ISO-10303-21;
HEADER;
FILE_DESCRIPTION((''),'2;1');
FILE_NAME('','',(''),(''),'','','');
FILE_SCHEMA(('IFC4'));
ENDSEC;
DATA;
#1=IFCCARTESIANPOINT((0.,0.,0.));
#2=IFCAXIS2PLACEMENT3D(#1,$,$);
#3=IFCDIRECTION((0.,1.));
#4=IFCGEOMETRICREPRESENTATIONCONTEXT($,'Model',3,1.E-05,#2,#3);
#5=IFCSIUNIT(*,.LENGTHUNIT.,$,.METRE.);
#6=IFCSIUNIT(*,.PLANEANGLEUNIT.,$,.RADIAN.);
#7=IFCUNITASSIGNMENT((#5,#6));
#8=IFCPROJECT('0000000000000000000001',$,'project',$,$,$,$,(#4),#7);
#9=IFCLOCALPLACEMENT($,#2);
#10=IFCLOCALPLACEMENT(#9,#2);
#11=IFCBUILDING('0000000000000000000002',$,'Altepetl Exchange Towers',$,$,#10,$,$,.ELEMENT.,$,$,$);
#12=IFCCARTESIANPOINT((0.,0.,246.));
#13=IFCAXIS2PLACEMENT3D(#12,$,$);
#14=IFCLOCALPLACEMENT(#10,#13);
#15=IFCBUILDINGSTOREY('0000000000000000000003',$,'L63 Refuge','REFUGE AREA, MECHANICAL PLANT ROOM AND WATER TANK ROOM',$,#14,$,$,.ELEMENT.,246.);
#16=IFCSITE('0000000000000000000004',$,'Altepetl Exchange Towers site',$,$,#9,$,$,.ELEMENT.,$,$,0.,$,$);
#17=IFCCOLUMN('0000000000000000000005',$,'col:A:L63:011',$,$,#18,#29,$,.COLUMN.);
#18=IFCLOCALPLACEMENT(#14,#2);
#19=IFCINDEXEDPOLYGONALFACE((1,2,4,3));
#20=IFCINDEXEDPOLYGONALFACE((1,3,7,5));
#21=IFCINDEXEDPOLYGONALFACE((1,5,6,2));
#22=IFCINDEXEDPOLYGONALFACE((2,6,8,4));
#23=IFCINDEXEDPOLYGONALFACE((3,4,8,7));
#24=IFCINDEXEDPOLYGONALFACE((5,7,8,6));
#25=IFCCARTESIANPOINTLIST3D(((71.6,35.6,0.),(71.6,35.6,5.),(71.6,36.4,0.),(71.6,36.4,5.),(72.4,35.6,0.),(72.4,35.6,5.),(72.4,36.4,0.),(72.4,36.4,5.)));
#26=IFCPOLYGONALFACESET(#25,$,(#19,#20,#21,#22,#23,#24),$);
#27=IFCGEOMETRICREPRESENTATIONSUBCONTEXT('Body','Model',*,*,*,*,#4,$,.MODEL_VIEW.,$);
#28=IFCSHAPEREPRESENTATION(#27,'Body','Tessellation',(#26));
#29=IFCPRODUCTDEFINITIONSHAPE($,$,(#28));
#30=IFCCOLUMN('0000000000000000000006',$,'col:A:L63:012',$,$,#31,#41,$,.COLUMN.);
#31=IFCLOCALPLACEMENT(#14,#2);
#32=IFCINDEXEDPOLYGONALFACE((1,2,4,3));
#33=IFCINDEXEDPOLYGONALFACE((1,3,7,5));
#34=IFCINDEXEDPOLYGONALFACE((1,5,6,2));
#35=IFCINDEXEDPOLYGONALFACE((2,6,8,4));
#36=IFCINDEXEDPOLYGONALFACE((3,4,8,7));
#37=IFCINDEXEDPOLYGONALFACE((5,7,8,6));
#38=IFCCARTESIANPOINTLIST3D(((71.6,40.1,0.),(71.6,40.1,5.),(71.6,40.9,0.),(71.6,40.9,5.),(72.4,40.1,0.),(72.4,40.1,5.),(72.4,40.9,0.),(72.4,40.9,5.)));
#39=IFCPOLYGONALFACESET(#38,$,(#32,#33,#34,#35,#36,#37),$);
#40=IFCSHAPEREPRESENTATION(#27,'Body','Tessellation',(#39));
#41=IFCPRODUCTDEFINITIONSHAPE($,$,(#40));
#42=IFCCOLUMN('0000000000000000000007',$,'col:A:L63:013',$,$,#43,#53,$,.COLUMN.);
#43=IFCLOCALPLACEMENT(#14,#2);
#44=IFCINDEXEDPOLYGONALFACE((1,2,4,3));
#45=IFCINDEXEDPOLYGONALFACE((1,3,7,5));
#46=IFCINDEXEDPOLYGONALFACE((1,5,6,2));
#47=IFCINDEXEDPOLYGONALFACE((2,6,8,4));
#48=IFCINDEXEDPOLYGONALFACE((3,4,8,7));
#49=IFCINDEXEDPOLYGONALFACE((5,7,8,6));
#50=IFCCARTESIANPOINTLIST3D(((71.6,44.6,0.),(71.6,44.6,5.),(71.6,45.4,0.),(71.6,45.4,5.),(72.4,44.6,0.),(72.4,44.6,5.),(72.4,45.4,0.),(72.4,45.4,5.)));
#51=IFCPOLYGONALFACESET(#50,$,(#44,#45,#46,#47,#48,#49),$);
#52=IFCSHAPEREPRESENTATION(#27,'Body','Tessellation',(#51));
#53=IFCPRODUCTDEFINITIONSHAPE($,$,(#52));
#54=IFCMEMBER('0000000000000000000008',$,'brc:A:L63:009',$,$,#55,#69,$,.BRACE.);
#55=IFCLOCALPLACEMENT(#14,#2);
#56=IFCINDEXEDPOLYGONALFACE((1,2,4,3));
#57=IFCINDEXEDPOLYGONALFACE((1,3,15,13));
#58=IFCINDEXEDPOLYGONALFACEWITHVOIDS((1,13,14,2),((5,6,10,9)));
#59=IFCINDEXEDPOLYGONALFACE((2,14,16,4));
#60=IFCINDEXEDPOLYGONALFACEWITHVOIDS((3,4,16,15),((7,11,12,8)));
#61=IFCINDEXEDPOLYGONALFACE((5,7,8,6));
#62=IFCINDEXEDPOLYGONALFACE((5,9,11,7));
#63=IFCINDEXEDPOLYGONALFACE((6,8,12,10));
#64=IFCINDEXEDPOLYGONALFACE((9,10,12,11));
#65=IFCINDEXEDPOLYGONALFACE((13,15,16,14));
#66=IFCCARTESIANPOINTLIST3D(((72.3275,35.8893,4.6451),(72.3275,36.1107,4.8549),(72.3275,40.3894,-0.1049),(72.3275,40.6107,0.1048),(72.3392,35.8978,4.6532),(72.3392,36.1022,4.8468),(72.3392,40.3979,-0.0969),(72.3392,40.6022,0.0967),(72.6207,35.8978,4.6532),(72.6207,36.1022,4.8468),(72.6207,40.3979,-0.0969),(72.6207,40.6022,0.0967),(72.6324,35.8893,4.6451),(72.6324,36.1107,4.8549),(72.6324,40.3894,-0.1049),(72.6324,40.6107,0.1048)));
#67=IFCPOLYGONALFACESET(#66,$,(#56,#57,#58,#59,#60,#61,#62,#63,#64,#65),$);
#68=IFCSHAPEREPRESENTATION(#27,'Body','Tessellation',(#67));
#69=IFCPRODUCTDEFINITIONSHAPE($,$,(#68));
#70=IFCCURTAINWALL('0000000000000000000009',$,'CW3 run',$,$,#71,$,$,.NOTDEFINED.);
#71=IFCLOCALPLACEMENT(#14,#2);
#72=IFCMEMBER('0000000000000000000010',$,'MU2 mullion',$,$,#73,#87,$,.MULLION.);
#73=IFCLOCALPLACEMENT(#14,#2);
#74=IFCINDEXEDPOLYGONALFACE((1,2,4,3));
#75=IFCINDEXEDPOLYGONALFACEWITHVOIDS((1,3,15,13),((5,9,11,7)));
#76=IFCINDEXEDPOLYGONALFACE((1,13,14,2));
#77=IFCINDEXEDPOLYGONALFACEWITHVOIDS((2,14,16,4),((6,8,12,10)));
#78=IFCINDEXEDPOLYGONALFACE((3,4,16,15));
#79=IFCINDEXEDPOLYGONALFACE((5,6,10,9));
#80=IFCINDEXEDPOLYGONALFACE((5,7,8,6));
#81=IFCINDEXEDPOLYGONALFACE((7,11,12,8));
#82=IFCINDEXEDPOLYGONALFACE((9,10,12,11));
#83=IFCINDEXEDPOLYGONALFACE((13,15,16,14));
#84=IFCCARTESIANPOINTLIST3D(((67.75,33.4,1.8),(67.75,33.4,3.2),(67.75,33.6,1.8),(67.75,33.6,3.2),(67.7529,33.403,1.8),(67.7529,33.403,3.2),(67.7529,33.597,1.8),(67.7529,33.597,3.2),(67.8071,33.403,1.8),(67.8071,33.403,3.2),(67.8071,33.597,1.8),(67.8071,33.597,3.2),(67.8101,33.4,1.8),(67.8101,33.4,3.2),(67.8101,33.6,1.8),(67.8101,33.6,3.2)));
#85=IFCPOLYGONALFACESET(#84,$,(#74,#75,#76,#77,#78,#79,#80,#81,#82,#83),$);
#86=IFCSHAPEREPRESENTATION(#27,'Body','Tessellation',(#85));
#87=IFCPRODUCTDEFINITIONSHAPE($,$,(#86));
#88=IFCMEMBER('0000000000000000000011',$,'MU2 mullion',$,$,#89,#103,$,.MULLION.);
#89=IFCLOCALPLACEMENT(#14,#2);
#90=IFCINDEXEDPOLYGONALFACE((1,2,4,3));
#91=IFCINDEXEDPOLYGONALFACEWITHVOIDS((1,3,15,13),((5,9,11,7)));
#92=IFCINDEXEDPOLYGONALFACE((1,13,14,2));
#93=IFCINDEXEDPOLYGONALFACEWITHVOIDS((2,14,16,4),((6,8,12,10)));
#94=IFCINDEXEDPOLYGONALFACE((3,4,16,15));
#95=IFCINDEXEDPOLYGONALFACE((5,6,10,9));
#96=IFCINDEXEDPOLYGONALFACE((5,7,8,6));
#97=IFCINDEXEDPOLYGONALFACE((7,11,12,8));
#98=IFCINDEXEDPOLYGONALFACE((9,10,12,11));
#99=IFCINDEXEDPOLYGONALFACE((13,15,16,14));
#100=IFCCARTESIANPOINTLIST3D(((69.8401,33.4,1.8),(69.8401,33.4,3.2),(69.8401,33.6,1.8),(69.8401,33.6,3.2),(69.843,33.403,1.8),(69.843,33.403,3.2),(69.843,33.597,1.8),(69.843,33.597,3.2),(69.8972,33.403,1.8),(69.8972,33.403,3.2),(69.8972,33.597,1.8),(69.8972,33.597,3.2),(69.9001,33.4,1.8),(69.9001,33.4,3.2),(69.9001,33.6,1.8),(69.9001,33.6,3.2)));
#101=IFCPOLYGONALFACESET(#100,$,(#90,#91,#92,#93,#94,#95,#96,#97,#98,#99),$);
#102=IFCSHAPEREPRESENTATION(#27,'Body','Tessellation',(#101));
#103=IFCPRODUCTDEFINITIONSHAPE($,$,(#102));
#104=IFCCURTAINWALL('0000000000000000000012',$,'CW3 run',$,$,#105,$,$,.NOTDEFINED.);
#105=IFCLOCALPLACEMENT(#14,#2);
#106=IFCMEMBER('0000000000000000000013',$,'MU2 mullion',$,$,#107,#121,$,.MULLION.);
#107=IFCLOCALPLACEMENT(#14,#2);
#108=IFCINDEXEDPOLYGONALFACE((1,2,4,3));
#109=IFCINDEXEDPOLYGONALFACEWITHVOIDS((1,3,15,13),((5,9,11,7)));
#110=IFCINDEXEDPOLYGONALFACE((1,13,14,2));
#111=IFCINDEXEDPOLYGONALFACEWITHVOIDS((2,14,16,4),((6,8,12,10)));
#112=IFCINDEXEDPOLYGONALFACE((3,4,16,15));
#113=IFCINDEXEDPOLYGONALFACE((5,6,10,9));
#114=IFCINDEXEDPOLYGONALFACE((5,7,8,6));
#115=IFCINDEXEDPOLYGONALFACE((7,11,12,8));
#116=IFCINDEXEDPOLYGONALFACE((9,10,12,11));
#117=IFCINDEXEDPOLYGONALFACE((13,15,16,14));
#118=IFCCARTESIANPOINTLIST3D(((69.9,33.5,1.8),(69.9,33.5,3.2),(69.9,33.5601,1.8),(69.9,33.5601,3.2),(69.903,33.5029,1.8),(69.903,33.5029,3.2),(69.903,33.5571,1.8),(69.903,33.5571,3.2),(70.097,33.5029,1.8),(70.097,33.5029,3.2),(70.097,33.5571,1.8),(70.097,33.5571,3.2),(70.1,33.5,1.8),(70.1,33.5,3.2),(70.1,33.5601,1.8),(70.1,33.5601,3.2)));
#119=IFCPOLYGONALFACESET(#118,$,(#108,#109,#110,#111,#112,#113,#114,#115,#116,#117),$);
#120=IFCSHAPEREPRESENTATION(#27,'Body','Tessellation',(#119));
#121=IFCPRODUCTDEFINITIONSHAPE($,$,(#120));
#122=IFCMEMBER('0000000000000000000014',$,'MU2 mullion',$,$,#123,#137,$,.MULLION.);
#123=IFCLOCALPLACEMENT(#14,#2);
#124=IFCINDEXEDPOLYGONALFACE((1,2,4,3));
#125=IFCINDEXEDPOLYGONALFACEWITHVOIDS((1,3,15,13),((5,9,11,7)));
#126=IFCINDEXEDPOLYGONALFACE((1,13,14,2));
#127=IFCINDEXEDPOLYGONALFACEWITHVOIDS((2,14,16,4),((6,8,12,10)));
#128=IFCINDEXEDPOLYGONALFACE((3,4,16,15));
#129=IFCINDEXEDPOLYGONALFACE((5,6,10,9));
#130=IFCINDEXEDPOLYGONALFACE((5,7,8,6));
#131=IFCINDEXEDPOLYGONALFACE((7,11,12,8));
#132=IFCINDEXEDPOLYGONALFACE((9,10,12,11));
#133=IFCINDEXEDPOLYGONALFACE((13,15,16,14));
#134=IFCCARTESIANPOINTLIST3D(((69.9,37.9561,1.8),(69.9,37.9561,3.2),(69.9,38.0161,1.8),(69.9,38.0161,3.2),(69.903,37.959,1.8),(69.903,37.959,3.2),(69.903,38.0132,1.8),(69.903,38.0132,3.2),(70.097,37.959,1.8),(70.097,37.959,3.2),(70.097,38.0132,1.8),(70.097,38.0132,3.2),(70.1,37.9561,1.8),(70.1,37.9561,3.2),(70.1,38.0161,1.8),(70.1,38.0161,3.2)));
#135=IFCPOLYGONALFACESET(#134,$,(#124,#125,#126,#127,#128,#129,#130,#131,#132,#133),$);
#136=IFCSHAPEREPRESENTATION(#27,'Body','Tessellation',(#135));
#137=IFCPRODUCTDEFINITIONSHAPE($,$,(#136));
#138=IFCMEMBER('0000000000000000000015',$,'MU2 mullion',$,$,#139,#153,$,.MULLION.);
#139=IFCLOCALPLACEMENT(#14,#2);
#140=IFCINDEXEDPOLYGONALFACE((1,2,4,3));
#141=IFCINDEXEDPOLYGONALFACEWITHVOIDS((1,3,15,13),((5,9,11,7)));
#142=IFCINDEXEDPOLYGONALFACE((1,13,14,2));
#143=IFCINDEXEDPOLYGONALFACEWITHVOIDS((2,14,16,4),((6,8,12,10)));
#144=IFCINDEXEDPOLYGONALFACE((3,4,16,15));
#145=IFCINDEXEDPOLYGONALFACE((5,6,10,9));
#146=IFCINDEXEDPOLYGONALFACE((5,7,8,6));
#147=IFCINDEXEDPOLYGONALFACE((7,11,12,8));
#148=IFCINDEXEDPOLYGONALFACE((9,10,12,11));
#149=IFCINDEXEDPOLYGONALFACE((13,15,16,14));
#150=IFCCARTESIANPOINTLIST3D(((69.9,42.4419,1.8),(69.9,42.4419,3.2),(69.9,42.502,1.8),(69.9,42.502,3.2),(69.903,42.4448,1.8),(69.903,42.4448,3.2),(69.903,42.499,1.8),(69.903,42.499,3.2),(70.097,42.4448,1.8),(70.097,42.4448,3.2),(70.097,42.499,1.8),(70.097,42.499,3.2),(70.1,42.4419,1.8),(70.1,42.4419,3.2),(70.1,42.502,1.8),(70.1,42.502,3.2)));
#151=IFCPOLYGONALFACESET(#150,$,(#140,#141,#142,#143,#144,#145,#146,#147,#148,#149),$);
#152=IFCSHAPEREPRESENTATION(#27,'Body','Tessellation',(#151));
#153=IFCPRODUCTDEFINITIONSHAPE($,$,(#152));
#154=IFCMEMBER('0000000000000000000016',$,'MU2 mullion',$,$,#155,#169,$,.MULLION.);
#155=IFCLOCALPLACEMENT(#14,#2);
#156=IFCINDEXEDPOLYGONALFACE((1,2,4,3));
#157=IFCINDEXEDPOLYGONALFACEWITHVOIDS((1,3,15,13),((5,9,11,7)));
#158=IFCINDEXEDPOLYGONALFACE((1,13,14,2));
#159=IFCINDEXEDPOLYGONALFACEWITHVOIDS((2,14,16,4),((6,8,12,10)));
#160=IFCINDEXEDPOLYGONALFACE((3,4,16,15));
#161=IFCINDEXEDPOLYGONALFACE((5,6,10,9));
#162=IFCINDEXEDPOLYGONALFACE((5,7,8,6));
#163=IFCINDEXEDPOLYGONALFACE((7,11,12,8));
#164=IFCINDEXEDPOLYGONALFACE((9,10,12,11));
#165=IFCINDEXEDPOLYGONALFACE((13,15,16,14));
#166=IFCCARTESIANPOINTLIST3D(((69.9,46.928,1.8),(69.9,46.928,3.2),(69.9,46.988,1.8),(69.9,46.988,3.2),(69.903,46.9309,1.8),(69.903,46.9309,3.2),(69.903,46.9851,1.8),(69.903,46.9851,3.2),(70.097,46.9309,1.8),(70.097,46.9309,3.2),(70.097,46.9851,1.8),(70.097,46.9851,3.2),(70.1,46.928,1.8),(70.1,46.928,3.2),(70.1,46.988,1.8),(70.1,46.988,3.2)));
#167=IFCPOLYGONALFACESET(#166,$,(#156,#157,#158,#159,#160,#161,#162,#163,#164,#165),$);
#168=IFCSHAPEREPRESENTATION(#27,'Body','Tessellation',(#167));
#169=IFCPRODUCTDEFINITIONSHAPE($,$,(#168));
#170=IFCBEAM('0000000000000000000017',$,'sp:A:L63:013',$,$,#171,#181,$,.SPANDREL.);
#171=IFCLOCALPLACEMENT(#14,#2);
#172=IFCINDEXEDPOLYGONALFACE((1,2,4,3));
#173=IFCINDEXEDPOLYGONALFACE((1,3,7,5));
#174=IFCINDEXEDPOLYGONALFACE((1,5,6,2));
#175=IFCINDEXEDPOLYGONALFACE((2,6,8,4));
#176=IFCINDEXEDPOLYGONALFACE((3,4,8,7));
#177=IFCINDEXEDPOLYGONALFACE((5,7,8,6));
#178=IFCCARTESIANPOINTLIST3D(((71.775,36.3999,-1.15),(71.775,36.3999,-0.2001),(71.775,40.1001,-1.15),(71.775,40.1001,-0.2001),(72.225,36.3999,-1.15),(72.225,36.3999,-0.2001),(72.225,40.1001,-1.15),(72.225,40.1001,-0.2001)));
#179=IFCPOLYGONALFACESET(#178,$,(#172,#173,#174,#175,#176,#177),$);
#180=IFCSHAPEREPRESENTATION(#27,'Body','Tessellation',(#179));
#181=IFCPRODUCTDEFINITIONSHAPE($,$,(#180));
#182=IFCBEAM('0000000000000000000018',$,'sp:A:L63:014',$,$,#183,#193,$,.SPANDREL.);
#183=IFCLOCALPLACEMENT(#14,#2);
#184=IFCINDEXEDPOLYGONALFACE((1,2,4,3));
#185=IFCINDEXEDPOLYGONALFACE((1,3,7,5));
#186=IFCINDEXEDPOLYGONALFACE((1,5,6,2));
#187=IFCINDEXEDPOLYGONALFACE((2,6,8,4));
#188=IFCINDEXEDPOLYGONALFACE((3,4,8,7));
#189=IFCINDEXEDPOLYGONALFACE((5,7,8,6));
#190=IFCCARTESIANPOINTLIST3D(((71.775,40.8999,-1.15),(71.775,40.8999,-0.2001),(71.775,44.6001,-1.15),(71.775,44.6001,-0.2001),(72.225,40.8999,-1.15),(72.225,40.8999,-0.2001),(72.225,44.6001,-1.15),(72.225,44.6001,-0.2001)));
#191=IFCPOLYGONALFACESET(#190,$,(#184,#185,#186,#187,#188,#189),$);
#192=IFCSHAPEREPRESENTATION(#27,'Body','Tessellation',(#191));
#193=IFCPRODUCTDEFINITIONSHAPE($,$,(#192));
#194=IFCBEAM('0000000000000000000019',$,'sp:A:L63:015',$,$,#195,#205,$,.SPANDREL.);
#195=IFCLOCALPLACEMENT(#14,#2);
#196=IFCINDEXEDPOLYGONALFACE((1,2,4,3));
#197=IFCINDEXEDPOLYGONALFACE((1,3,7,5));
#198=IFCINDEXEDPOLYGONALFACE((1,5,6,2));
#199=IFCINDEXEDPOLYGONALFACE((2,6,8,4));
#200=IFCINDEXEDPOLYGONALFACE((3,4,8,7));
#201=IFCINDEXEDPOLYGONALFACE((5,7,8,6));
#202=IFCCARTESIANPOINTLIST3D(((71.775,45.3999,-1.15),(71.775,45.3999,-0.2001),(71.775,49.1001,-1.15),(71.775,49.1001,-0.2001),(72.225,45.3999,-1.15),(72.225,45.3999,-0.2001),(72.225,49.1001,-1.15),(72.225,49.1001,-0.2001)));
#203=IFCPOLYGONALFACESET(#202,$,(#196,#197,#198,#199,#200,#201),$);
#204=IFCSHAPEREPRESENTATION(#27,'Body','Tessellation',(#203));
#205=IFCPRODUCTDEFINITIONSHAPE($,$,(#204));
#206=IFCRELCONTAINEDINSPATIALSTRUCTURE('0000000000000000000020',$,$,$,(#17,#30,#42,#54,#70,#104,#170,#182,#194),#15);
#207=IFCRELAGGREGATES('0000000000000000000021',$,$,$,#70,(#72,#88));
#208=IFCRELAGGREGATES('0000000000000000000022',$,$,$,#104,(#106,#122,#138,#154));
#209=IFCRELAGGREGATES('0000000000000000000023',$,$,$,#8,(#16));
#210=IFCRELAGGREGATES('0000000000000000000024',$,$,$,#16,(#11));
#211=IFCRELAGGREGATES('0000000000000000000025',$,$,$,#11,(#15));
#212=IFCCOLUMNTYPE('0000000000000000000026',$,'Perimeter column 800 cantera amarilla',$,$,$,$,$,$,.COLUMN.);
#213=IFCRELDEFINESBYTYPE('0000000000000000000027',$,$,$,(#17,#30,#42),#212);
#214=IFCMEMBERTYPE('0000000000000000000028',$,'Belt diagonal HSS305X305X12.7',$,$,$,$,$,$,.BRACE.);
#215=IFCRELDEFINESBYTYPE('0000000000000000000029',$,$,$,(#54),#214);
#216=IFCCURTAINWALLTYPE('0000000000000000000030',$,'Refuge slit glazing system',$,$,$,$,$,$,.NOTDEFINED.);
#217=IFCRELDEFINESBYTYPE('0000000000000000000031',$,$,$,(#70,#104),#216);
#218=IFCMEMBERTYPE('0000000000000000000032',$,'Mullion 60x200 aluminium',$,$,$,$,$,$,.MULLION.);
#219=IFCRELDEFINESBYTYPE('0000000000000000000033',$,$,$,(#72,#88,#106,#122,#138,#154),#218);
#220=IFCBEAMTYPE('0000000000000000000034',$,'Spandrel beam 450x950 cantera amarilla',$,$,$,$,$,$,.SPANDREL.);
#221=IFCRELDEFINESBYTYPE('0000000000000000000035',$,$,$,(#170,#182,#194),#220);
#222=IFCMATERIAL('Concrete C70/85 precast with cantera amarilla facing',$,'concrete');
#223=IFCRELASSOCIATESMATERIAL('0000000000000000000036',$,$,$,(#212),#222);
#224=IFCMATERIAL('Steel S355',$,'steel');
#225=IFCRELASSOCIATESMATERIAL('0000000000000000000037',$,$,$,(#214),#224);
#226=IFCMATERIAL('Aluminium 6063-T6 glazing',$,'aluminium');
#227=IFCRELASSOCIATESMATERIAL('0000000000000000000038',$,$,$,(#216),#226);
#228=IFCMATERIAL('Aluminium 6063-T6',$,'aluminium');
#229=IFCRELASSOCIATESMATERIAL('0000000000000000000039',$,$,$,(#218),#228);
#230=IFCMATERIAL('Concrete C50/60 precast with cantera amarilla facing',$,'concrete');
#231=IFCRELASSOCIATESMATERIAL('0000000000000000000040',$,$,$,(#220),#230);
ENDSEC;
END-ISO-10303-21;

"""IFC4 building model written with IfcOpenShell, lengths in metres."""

from ifc_helpers import new_model, si_unit, direction, frame, origin, origin_2d, place, context, subcontext, project, spatial, rectangle, hollow_rectangle, extrude, material, material_profile, profile_set, type_object, element, aggregate, save


model = new_model("IFC4")

# Units and contexts
model_context = context("Model", 3, precision=1e-05, world=origin(), true_north=direction((0.0, 1.0)))
body_context = subcontext(model_context, "Body", "Model", "MODEL_VIEW")
ifc_project = project(units=[si_unit("LENGTHUNIT", "METRE"), si_unit("PLANEANGLEUNIT", "RADIAN")], contexts=[model_context])

# Site, building, storey
site_placement = place(None, origin())
site = spatial("IfcSite", under=ifc_project, at=site_placement, Name="Altepetl Exchange Towers site", CompositionType="ELEMENT", RefElevation=0.0)
building_placement = place(site_placement, origin())
building = spatial("IfcBuilding", under=site, at=building_placement, Name="Altepetl Exchange Towers", CompositionType="ELEMENT")
storey_placement = place(building_placement, frame((0.0, 0.0, 246.0)))
storey = spatial("IfcBuildingStorey", under=building, at=storey_placement, Name="L63 Refuge", Description="REFUGE AREA, MECHANICAL PLANT ROOM AND WATER TANK ROOM", CompositionType="ELEMENT", Elevation=246.0)

# Columns
ifc_material_1 = material(Name="Concrete C70/85 precast with cantera amarilla facing", Category="concrete")
ifc_material_profile_1 = material_profile(ifc_material_1, rectangle(XDim=0.8, YDim=0.8, at=origin_2d()), Name="800 x 800")
ifc_profile_set_1 = profile_set([ifc_material_profile_1], Name="Concrete C70/85 precast with cantera amarilla facing")
column_type = type_object("IfcColumnType", Name="Perimeter column 800 cantera amarilla", PredefinedType="COLUMN", material=ifc_profile_set_1)
for number, where, name in (
    (1, (72.0, 36.0, 0.0), "col:A:L63:011"),
    (2, (72.0, 40.5, 0.0), "col:A:L63:012"),
    (3, (72.0, 45.0, 0.0), "col:A:L63:013"),
):
    element("IfcColumn", number, at=place(storey_placement, frame(where)), inside=storey, type_object=column_type, Name=name, PredefinedType="COLUMN", context=body_context, shape_type="SweptSolid", body=[
        extrude(rectangle(XDim=0.8, YDim=0.8, at=origin_2d()), origin(), (0.0, 0.0, 1.0), 5.0),
    ])

# Member
ifc_material_2 = material(Name="Steel S355", Category="steel")
ifc_material_profile_2 = material_profile(ifc_material_2, hollow_rectangle(XDim=0.3049, YDim=0.3049, WallThickness=0.0117, at=origin_2d()), Name="HSS305X305X12.7")
ifc_profile_set_2 = profile_set([ifc_material_profile_2], Name="Steel S355")
member_type_1 = type_object("IfcMemberType", Name="Belt diagonal HSS305X305X12.7", PredefinedType="BRACE", material=ifc_profile_set_2)
member_1_placement = place(storey_placement, frame((72.48, 36.0, 4.75), z_axis=(0.0, 0.687745, -0.725953), x_axis=(-1.0, 0.0, 0.0)))
element("IfcMember", 4, at=member_1_placement, inside=storey, type_object=member_type_1, Name="brc:A:L63:009", PredefinedType="BRACE", context=body_context, shape_type="SweptSolid", body=[
    extrude(hollow_rectangle(XDim=0.3049, YDim=0.3049, WallThickness=0.0117, at=origin_2d()), origin(), (0.0, 0.0, 1.0), 6.5432),
])

# Curtain walls, members
ifc_material_3 = material(Name="Aluminium 6063-T6 glazing", Category="aluminium")
curtain_wall_type = type_object("IfcCurtainWallType", Name="Refuge slit glazing system", PredefinedType="NOTDEFINED", material=ifc_material_3)
curtain_wall_1_placement = place(storey_placement, origin())
curtain_wall_1 = element("IfcCurtainWall", 5, at=curtain_wall_1_placement, inside=storey, type_object=curtain_wall_type, Name="CW3 run", PredefinedType="NOTDEFINED")
ifc_material_4 = material(Name="Aluminium 6063-T6", Category="aluminium")
ifc_material_profile_3 = material_profile(ifc_material_4, hollow_rectangle(XDim=0.0601, YDim=0.2, WallThickness=0.0029, at=origin_2d()), Name="Mullion 60x200 aluminium")
ifc_profile_set_3 = profile_set([ifc_material_profile_3], Name="Aluminium 6063-T6")
member_type_2 = type_object("IfcMemberType", Name="Mullion 60x200 aluminium", PredefinedType="MULLION", material=ifc_profile_set_3)
member_2_placement = place(storey_placement, frame((67.78, 33.5, 1.8)))
member_2 = element("IfcMember", 6, at=member_2_placement, type_object=member_type_2, Name="MU2 mullion", PredefinedType="MULLION", context=body_context, shape_type="SweptSolid", body=[
    extrude(hollow_rectangle(XDim=0.0601, YDim=0.2, WallThickness=0.0029, at=origin_2d()), origin(), (0.0, 0.0, 1.0), 1.3999),
])
member_3_placement = place(storey_placement, frame((69.8701, 33.5, 1.8)))
member_3 = element("IfcMember", 7, at=member_3_placement, type_object=member_type_2, Name="MU2 mullion", PredefinedType="MULLION", context=body_context, shape_type="SweptSolid", body=[
    extrude(hollow_rectangle(XDim=0.0601, YDim=0.2, WallThickness=0.0029, at=origin_2d()), origin(), (0.0, 0.0, 1.0), 1.3999),
])
curtain_wall_2_placement = place(storey_placement, origin())
curtain_wall_2 = element("IfcCurtainWall", 8, at=curtain_wall_2_placement, inside=storey, type_object=curtain_wall_type, Name="CW3 run", PredefinedType="NOTDEFINED")
member_4_placement = place(storey_placement, frame((70.0, 33.53, 1.8), z_axis=(0.0, 0.0, 1.0), x_axis=(0.0, 1.0, 0.0)))
member_4 = element("IfcMember", 9, at=member_4_placement, type_object=member_type_2, Name="MU2 mullion", PredefinedType="MULLION", context=body_context, shape_type="SweptSolid", body=[
    extrude(hollow_rectangle(XDim=0.0601, YDim=0.2, WallThickness=0.0029, at=origin_2d()), origin(), (0.0, 0.0, 1.0), 1.3999),
])
member_5_placement = place(storey_placement, frame((70.0, 37.9861, 1.8), z_axis=(0.0, 0.0, 1.0), x_axis=(0.0, 1.0, 0.0)))
member_5 = element("IfcMember", 10, at=member_5_placement, type_object=member_type_2, Name="MU2 mullion", PredefinedType="MULLION", context=body_context, shape_type="SweptSolid", body=[
    extrude(hollow_rectangle(XDim=0.0601, YDim=0.2, WallThickness=0.0029, at=origin_2d()), origin(), (0.0, 0.0, 1.0), 1.3999),
])
member_6_placement = place(storey_placement, frame((70.0, 42.4719, 1.8), z_axis=(0.0, 0.0, 1.0), x_axis=(0.0, 1.0, 0.0)))
member_6 = element("IfcMember", 11, at=member_6_placement, type_object=member_type_2, Name="MU2 mullion", PredefinedType="MULLION", context=body_context, shape_type="SweptSolid", body=[
    extrude(hollow_rectangle(XDim=0.0601, YDim=0.2, WallThickness=0.0029, at=origin_2d()), origin(), (0.0, 0.0, 1.0), 1.3999),
])
member_7_placement = place(storey_placement, frame((70.0, 46.958, 1.8), z_axis=(0.0, 0.0, 1.0), x_axis=(0.0, 1.0, 0.0)))
member_7 = element("IfcMember", 12, at=member_7_placement, type_object=member_type_2, Name="MU2 mullion", PredefinedType="MULLION", context=body_context, shape_type="SweptSolid", body=[
    extrude(hollow_rectangle(XDim=0.0601, YDim=0.2, WallThickness=0.0029, at=origin_2d()), origin(), (0.0, 0.0, 1.0), 1.3999),
])

# Beams
ifc_material_5 = material(Name="Concrete C50/60 precast with cantera amarilla facing", Category="concrete")
ifc_material_profile_4 = material_profile(ifc_material_5, rectangle(XDim=0.45, YDim=0.95, at=origin_2d()), Name="450 x 950")
ifc_profile_set_4 = profile_set([ifc_material_profile_4], Name="Concrete C50/60 precast with cantera amarilla facing")
beam_type = type_object("IfcBeamType", Name="Spandrel beam 450x950 cantera amarilla", PredefinedType="SPANDREL", material=ifc_profile_set_4)
for number, where, z_axis, x_axis, name in (
    (13, (72.0, 36.3999, -0.675), (0.0, 1.0, 0.0), (-1.0, 0.0, 0.0), "sp:A:L63:013"),
    (14, (72.0, 40.8999, -0.675), (0.0, 1.0, 0.0), (-1.0, 0.0, 0.0), "sp:A:L63:014"),
    (15, (72.0, 45.3999, -0.675), (0.0, 1.0, 0.0), (-1.0, 0.0, 0.0), "sp:A:L63:015"),
):
    element("IfcBeam", number, at=place(storey_placement, frame(where, z_axis=z_axis, x_axis=x_axis)), inside=storey, type_object=beam_type, Name=name, PredefinedType="SPANDREL", context=body_context, shape_type="SweptSolid", body=[
        extrude(rectangle(XDim=0.45, YDim=0.95, at=origin_2d()), origin(), (0.0, 0.0, 1.0), 3.7002),
    ])

aggregate(curtain_wall_1, [member_2, member_3])
aggregate(curtain_wall_2, [member_4, member_5, member_6, member_7])

save(model, "model.ifc")
